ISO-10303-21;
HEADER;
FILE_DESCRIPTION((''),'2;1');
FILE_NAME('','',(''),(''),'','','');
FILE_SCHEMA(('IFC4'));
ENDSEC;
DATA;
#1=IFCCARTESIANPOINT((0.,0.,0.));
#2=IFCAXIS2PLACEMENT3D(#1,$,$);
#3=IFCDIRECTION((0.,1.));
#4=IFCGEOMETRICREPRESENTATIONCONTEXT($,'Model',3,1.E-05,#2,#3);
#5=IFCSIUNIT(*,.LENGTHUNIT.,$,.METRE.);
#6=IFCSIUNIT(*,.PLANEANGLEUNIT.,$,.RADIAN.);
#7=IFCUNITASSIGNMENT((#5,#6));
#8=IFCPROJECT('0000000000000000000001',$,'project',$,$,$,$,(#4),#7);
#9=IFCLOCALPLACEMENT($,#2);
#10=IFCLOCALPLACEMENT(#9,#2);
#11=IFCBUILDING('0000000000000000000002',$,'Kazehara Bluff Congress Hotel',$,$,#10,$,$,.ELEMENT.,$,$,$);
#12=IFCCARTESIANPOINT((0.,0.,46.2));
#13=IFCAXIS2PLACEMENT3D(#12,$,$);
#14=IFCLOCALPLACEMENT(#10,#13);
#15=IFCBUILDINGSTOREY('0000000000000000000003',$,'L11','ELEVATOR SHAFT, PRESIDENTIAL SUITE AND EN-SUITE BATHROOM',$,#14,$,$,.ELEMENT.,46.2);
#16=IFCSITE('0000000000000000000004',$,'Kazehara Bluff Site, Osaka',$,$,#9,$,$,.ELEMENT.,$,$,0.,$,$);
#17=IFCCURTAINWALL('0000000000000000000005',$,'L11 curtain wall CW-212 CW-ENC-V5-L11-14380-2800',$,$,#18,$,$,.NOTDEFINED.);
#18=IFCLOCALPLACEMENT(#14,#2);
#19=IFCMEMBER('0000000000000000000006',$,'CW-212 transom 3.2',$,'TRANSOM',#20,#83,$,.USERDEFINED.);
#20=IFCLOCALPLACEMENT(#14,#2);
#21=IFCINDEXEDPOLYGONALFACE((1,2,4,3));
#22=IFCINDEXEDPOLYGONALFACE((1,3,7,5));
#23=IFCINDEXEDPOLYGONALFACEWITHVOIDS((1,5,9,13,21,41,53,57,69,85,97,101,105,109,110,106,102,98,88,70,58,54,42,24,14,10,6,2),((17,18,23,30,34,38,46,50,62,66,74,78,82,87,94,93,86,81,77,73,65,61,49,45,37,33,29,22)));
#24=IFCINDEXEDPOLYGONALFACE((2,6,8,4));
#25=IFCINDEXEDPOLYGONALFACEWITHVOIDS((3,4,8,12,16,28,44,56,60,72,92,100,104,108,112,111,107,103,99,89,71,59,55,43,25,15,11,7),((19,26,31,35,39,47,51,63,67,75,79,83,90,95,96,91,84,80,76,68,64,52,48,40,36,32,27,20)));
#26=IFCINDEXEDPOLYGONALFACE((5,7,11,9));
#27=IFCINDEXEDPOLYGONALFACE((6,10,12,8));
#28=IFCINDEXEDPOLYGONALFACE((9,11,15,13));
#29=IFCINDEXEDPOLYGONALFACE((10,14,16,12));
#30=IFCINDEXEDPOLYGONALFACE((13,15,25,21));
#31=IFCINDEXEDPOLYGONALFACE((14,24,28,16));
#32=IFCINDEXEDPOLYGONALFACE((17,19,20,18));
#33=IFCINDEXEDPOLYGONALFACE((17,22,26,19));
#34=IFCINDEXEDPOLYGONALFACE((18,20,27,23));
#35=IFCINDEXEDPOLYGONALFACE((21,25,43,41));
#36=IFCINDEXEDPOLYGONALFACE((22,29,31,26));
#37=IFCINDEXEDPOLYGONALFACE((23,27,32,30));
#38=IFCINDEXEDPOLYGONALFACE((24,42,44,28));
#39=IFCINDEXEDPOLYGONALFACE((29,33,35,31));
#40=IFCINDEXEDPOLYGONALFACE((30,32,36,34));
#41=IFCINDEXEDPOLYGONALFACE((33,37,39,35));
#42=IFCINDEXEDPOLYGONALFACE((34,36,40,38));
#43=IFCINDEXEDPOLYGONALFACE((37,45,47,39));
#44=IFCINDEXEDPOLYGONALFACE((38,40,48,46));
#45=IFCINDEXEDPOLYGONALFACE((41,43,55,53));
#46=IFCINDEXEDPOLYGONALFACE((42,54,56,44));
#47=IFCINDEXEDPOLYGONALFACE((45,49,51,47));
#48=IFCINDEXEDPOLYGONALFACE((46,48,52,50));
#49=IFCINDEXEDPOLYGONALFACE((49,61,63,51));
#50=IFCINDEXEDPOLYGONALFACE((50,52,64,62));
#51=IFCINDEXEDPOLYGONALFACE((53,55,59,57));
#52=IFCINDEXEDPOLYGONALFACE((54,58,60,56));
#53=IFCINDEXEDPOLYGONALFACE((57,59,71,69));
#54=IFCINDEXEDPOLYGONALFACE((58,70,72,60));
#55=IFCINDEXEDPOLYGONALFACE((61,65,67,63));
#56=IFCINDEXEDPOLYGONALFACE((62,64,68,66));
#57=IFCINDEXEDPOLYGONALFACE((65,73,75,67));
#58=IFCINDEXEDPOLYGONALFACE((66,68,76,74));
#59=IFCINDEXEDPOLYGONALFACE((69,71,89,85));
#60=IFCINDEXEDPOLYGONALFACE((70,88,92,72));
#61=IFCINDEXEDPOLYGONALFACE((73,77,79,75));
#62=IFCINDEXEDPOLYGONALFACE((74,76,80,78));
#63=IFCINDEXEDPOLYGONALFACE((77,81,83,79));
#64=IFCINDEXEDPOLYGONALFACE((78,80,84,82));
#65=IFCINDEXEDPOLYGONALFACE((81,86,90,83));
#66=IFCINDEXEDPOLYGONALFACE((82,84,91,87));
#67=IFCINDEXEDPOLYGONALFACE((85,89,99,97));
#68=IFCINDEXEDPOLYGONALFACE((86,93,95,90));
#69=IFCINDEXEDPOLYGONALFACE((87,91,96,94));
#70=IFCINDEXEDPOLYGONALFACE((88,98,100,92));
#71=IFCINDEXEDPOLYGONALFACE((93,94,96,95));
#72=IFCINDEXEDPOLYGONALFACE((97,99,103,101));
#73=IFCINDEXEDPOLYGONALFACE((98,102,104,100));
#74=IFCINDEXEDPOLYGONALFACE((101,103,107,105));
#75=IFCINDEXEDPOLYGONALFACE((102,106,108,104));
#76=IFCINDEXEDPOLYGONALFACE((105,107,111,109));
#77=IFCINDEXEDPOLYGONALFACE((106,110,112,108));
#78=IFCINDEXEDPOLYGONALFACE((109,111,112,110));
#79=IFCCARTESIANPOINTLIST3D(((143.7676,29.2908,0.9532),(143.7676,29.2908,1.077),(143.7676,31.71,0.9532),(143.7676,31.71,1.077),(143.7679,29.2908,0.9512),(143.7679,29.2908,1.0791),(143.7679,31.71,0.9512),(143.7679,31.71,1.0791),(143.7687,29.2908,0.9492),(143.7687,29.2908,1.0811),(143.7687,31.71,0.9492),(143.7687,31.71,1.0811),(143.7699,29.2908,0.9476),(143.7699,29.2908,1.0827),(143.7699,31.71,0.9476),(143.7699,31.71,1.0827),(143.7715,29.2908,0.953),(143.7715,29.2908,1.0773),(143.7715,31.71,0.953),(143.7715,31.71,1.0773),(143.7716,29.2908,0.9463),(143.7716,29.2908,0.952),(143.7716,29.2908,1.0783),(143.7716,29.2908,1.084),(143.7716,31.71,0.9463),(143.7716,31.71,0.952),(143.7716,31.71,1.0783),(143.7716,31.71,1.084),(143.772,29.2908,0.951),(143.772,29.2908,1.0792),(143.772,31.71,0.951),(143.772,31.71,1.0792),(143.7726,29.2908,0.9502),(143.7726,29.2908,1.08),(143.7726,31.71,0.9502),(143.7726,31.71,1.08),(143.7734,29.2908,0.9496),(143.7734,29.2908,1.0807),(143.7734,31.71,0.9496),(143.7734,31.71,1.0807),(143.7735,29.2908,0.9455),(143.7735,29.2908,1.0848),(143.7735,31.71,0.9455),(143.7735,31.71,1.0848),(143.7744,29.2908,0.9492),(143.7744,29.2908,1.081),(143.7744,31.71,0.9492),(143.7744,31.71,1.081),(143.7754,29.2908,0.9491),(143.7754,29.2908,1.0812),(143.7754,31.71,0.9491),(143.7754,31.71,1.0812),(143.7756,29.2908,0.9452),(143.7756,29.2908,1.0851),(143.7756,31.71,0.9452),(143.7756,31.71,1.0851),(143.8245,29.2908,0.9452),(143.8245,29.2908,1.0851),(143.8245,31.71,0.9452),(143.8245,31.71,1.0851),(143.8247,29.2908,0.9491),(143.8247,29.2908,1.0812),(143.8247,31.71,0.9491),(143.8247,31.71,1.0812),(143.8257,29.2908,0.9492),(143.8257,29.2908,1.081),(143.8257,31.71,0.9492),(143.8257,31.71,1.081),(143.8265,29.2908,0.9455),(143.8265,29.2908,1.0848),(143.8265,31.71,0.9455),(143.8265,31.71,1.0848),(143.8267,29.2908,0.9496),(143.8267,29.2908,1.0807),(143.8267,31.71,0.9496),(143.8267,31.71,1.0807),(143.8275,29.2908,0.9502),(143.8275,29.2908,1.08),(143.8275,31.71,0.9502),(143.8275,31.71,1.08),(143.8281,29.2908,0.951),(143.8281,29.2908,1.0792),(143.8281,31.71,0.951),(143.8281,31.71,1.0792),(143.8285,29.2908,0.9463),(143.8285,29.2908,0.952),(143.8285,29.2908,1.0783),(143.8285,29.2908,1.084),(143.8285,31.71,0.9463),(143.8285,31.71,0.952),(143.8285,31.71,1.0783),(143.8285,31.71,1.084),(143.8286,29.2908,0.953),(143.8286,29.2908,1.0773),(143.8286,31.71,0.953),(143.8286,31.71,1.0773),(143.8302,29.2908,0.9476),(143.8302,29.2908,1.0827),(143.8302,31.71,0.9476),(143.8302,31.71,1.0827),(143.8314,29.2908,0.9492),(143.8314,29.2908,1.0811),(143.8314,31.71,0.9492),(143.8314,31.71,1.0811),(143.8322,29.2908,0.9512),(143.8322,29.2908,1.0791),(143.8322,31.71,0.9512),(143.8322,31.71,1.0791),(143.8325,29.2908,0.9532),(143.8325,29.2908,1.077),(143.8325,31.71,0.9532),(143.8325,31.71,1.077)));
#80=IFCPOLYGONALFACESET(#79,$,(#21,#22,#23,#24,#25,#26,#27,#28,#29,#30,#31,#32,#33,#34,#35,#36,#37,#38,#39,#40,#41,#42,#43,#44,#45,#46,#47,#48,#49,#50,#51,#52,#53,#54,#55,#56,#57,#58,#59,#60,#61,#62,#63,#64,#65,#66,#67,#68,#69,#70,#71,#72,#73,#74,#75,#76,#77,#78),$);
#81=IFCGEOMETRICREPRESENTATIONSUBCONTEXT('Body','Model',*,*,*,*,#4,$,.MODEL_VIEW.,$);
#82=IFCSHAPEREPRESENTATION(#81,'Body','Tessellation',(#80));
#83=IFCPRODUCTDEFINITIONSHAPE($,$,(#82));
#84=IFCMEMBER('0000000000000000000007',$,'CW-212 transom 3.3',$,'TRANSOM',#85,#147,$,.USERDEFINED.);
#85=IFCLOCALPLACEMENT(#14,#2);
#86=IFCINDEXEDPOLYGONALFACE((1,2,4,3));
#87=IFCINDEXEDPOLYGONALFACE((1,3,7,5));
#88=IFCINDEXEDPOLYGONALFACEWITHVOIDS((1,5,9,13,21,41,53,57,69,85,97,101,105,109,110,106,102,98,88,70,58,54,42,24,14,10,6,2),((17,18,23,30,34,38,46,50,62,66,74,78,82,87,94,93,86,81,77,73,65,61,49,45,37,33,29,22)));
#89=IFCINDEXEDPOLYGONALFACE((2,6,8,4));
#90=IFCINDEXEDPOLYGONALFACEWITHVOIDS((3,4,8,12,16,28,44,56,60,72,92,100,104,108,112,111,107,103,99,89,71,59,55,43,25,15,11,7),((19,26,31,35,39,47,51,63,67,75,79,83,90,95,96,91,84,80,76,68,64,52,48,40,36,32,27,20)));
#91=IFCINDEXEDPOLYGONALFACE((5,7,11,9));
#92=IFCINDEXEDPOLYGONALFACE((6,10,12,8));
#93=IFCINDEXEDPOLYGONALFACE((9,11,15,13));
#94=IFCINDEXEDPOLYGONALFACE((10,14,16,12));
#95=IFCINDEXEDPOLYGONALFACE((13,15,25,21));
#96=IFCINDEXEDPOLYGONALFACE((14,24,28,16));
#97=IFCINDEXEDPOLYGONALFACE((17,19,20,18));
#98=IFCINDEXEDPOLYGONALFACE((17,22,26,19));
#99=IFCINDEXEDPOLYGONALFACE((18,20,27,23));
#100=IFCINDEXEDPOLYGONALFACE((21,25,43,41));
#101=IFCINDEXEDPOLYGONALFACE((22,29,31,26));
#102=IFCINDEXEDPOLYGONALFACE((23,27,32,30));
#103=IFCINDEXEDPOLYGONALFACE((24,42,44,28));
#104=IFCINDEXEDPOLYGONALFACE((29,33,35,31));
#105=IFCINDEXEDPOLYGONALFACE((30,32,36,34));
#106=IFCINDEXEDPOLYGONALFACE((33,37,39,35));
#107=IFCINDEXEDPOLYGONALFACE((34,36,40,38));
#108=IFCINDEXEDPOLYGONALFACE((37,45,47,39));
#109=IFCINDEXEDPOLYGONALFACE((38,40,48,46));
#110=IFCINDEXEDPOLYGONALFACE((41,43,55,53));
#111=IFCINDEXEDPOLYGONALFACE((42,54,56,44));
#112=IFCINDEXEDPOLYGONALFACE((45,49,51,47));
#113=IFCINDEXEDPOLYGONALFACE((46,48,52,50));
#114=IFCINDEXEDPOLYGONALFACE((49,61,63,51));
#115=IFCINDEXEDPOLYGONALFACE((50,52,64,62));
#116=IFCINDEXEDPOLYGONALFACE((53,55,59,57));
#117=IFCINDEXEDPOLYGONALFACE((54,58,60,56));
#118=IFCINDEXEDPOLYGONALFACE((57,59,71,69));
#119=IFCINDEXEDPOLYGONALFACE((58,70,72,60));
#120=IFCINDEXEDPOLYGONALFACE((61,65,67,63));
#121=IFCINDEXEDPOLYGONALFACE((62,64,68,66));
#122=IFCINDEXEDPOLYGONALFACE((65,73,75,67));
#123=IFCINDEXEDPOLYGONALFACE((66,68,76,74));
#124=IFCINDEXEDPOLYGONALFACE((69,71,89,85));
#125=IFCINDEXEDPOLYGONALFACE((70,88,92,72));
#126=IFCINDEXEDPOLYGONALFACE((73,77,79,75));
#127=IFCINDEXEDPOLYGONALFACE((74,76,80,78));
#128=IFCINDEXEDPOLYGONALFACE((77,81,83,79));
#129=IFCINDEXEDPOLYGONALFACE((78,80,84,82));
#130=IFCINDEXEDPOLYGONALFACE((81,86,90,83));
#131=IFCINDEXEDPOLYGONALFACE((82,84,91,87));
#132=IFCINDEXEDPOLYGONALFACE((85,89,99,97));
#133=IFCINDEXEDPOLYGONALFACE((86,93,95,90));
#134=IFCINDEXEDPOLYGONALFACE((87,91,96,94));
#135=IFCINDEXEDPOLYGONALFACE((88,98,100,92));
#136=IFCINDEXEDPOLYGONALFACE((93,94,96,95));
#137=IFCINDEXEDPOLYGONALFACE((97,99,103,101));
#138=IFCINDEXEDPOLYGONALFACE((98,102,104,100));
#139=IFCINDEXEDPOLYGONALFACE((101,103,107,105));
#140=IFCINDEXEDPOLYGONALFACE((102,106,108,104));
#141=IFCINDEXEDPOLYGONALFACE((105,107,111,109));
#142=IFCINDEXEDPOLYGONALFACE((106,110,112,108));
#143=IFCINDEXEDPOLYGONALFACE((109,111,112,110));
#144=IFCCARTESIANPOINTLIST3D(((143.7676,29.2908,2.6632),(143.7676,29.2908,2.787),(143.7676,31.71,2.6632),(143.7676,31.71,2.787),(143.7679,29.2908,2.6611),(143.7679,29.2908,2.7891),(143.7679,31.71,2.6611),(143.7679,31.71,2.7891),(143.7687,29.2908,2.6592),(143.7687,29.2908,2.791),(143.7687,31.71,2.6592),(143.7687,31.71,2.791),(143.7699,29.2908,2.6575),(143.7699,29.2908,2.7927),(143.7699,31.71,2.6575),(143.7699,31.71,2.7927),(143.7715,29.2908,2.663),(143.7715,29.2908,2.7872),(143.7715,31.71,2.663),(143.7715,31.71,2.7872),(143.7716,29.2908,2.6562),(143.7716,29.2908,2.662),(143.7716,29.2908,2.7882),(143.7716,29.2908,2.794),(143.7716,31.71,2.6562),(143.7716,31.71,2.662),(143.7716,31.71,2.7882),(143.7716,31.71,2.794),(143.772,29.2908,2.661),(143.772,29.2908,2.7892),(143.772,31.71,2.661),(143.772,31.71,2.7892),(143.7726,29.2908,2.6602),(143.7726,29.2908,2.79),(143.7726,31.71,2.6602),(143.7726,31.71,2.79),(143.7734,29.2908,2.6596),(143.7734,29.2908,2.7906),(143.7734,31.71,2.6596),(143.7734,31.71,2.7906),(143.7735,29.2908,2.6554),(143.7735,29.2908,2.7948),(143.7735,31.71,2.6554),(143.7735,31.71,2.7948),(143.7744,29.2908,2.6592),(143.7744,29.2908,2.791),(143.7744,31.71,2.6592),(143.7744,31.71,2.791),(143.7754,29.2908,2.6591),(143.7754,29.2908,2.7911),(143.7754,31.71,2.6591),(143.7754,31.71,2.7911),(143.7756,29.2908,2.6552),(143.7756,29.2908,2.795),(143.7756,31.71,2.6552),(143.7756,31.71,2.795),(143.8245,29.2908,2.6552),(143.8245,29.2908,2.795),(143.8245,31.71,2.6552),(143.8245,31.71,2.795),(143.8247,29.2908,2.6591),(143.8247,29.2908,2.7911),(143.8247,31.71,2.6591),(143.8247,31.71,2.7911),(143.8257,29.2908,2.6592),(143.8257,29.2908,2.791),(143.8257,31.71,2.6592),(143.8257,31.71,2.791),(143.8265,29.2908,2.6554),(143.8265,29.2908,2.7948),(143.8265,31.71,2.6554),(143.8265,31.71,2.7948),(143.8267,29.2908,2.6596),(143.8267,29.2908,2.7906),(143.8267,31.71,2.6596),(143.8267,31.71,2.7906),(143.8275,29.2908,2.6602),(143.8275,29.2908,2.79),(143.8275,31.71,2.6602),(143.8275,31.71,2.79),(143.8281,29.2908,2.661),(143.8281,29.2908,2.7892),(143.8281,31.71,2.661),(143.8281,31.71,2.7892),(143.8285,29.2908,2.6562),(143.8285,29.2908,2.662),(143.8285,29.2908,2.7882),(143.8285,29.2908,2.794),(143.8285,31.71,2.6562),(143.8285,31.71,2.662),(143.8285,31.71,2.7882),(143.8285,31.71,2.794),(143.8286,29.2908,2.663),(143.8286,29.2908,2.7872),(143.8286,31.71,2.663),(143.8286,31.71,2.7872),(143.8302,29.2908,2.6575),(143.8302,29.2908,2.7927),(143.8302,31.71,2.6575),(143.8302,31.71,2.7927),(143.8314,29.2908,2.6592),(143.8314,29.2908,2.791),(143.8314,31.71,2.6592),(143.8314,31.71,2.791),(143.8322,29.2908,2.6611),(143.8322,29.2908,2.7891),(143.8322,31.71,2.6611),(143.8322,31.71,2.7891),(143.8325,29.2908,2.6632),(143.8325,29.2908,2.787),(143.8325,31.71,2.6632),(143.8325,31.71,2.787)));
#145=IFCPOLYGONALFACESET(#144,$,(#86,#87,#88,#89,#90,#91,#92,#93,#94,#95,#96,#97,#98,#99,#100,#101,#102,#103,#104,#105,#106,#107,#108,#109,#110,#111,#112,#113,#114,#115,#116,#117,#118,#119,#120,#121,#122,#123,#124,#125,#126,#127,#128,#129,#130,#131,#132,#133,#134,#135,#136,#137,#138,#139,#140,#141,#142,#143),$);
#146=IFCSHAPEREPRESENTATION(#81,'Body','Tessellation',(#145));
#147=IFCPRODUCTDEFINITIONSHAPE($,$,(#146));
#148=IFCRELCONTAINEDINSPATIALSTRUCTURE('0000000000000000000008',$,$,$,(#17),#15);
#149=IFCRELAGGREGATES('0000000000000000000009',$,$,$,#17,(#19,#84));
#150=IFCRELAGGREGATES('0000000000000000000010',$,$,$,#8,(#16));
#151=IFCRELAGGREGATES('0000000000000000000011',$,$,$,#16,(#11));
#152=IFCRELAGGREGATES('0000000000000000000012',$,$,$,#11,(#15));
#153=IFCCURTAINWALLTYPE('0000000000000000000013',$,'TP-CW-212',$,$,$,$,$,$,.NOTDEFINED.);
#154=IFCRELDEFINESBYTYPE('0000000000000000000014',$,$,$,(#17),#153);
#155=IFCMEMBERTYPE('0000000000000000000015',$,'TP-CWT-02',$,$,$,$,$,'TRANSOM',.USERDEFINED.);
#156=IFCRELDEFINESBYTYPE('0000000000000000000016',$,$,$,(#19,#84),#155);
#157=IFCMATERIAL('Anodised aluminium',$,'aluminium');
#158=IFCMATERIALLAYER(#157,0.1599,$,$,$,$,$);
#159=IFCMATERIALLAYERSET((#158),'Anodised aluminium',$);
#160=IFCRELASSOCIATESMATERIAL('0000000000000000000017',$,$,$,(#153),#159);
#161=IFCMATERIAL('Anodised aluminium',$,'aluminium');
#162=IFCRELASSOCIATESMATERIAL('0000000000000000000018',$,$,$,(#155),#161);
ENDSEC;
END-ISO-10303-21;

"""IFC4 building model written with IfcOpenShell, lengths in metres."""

from ifc_helpers import new_model, si_unit, direction, frame, origin, origin_2d, place, context, subcontext, project, spatial, hollow_rectangle, extrude, material, layer, layer_set, material_profile, profile_set, type_object, element, aggregate, save


model = new_model("IFC4")

# Units and contexts
model_context = context("Model", 3, precision=1e-05, world=origin(), true_north=direction((0.0, 1.0)))
body_context = subcontext(model_context, "Body", "Model", "MODEL_VIEW")
ifc_project = project(units=[si_unit("LENGTHUNIT", "METRE"), si_unit("PLANEANGLEUNIT", "RADIAN")], contexts=[model_context])

# Site, building, storey
site_placement = place(None, origin())
site = spatial("IfcSite", under=ifc_project, at=site_placement, Name="Kazehara Bluff Site, Osaka", CompositionType="ELEMENT", RefElevation=0.0)
building_placement = place(site_placement, origin())
building = spatial("IfcBuilding", under=site, at=building_placement, Name="Kazehara Bluff Congress Hotel", CompositionType="ELEMENT")
storey_placement = place(building_placement, frame((0.0, 0.0, 46.2)))
storey = spatial("IfcBuildingStorey", under=building, at=storey_placement, Name="L11", Description="ELEVATOR SHAFT, PRESIDENTIAL SUITE AND EN-SUITE BATHROOM", CompositionType="ELEMENT", Elevation=46.2)

# Curtain wall
ifc_material_1 = material(Name="Anodised aluminium", Category="aluminium")
ifc_layer_1 = layer(ifc_material_1, 0.1599)
ifc_layer_set_1 = layer_set([ifc_layer_1], Name="Anodised aluminium")
curtain_wall_type_1 = type_object("IfcCurtainWallType", Name="TP-CW-212", PredefinedType="NOTDEFINED", material=ifc_layer_set_1)
curtain_wall_1_placement = place(storey_placement, origin())
curtain_wall_1 = element("IfcCurtainWall", 1, at=curtain_wall_1_placement, inside=storey, type_object=curtain_wall_type_1, Name="L11 curtain wall CW-212 CW-ENC-V5-L11-14380-2800", PredefinedType="NOTDEFINED")

# Members
ifc_material_2 = material(Name="Anodised aluminium", Category="aluminium")
ifc_material_profile_1 = material_profile(ifc_material_2, hollow_rectangle(XDim=0.0649, YDim=0.1399, WallThickness=0.0039, InnerFilletRadius=0.0039, OuterFilletRadius=0.0081, at=origin_2d()))
ifc_profile_set_1 = profile_set([ifc_material_profile_1], Name="Anodised aluminium")
member_type_1 = type_object("IfcMemberType", Name="TP-CWT-02", ElementType="TRANSOM", PredefinedType="USERDEFINED", material=ifc_profile_set_1)
member_1_placement = place(storey_placement, frame((143.8, 29.2908, 1.0151), z_axis=(0.0, 1.0, 0.0), x_axis=(-1.0, 0.0, 0.0)))
member_1 = element("IfcMember", 2, at=member_1_placement, type_object=member_type_1, Name="CW-212 transom 3.2", ObjectType="TRANSOM", PredefinedType="USERDEFINED", context=body_context, shape_type="SweptSolid", body=[
    extrude(hollow_rectangle(XDim=0.0649, YDim=0.1399, WallThickness=0.0039, InnerFilletRadius=0.0039, OuterFilletRadius=0.0081, at=origin_2d()), origin(), (0.0, 0.0, 1.0), 2.4192),
])
member_2_placement = place(storey_placement, frame((143.8, 29.2908, 2.7251), z_axis=(0.0, 1.0, 0.0), x_axis=(-1.0, 0.0, 0.0)))
member_2 = element("IfcMember", 3, at=member_2_placement, type_object=member_type_1, Name="CW-212 transom 3.3", ObjectType="TRANSOM", PredefinedType="USERDEFINED", context=body_context, shape_type="SweptSolid", body=[
    extrude(hollow_rectangle(XDim=0.0649, YDim=0.1399, WallThickness=0.0039, InnerFilletRadius=0.0039, OuterFilletRadius=0.0081, at=origin_2d()), origin(), (0.0, 0.0, 1.0), 2.4192),
])

aggregate(curtain_wall_1, [member_1, member_2])

save(model, "model.ifc")
